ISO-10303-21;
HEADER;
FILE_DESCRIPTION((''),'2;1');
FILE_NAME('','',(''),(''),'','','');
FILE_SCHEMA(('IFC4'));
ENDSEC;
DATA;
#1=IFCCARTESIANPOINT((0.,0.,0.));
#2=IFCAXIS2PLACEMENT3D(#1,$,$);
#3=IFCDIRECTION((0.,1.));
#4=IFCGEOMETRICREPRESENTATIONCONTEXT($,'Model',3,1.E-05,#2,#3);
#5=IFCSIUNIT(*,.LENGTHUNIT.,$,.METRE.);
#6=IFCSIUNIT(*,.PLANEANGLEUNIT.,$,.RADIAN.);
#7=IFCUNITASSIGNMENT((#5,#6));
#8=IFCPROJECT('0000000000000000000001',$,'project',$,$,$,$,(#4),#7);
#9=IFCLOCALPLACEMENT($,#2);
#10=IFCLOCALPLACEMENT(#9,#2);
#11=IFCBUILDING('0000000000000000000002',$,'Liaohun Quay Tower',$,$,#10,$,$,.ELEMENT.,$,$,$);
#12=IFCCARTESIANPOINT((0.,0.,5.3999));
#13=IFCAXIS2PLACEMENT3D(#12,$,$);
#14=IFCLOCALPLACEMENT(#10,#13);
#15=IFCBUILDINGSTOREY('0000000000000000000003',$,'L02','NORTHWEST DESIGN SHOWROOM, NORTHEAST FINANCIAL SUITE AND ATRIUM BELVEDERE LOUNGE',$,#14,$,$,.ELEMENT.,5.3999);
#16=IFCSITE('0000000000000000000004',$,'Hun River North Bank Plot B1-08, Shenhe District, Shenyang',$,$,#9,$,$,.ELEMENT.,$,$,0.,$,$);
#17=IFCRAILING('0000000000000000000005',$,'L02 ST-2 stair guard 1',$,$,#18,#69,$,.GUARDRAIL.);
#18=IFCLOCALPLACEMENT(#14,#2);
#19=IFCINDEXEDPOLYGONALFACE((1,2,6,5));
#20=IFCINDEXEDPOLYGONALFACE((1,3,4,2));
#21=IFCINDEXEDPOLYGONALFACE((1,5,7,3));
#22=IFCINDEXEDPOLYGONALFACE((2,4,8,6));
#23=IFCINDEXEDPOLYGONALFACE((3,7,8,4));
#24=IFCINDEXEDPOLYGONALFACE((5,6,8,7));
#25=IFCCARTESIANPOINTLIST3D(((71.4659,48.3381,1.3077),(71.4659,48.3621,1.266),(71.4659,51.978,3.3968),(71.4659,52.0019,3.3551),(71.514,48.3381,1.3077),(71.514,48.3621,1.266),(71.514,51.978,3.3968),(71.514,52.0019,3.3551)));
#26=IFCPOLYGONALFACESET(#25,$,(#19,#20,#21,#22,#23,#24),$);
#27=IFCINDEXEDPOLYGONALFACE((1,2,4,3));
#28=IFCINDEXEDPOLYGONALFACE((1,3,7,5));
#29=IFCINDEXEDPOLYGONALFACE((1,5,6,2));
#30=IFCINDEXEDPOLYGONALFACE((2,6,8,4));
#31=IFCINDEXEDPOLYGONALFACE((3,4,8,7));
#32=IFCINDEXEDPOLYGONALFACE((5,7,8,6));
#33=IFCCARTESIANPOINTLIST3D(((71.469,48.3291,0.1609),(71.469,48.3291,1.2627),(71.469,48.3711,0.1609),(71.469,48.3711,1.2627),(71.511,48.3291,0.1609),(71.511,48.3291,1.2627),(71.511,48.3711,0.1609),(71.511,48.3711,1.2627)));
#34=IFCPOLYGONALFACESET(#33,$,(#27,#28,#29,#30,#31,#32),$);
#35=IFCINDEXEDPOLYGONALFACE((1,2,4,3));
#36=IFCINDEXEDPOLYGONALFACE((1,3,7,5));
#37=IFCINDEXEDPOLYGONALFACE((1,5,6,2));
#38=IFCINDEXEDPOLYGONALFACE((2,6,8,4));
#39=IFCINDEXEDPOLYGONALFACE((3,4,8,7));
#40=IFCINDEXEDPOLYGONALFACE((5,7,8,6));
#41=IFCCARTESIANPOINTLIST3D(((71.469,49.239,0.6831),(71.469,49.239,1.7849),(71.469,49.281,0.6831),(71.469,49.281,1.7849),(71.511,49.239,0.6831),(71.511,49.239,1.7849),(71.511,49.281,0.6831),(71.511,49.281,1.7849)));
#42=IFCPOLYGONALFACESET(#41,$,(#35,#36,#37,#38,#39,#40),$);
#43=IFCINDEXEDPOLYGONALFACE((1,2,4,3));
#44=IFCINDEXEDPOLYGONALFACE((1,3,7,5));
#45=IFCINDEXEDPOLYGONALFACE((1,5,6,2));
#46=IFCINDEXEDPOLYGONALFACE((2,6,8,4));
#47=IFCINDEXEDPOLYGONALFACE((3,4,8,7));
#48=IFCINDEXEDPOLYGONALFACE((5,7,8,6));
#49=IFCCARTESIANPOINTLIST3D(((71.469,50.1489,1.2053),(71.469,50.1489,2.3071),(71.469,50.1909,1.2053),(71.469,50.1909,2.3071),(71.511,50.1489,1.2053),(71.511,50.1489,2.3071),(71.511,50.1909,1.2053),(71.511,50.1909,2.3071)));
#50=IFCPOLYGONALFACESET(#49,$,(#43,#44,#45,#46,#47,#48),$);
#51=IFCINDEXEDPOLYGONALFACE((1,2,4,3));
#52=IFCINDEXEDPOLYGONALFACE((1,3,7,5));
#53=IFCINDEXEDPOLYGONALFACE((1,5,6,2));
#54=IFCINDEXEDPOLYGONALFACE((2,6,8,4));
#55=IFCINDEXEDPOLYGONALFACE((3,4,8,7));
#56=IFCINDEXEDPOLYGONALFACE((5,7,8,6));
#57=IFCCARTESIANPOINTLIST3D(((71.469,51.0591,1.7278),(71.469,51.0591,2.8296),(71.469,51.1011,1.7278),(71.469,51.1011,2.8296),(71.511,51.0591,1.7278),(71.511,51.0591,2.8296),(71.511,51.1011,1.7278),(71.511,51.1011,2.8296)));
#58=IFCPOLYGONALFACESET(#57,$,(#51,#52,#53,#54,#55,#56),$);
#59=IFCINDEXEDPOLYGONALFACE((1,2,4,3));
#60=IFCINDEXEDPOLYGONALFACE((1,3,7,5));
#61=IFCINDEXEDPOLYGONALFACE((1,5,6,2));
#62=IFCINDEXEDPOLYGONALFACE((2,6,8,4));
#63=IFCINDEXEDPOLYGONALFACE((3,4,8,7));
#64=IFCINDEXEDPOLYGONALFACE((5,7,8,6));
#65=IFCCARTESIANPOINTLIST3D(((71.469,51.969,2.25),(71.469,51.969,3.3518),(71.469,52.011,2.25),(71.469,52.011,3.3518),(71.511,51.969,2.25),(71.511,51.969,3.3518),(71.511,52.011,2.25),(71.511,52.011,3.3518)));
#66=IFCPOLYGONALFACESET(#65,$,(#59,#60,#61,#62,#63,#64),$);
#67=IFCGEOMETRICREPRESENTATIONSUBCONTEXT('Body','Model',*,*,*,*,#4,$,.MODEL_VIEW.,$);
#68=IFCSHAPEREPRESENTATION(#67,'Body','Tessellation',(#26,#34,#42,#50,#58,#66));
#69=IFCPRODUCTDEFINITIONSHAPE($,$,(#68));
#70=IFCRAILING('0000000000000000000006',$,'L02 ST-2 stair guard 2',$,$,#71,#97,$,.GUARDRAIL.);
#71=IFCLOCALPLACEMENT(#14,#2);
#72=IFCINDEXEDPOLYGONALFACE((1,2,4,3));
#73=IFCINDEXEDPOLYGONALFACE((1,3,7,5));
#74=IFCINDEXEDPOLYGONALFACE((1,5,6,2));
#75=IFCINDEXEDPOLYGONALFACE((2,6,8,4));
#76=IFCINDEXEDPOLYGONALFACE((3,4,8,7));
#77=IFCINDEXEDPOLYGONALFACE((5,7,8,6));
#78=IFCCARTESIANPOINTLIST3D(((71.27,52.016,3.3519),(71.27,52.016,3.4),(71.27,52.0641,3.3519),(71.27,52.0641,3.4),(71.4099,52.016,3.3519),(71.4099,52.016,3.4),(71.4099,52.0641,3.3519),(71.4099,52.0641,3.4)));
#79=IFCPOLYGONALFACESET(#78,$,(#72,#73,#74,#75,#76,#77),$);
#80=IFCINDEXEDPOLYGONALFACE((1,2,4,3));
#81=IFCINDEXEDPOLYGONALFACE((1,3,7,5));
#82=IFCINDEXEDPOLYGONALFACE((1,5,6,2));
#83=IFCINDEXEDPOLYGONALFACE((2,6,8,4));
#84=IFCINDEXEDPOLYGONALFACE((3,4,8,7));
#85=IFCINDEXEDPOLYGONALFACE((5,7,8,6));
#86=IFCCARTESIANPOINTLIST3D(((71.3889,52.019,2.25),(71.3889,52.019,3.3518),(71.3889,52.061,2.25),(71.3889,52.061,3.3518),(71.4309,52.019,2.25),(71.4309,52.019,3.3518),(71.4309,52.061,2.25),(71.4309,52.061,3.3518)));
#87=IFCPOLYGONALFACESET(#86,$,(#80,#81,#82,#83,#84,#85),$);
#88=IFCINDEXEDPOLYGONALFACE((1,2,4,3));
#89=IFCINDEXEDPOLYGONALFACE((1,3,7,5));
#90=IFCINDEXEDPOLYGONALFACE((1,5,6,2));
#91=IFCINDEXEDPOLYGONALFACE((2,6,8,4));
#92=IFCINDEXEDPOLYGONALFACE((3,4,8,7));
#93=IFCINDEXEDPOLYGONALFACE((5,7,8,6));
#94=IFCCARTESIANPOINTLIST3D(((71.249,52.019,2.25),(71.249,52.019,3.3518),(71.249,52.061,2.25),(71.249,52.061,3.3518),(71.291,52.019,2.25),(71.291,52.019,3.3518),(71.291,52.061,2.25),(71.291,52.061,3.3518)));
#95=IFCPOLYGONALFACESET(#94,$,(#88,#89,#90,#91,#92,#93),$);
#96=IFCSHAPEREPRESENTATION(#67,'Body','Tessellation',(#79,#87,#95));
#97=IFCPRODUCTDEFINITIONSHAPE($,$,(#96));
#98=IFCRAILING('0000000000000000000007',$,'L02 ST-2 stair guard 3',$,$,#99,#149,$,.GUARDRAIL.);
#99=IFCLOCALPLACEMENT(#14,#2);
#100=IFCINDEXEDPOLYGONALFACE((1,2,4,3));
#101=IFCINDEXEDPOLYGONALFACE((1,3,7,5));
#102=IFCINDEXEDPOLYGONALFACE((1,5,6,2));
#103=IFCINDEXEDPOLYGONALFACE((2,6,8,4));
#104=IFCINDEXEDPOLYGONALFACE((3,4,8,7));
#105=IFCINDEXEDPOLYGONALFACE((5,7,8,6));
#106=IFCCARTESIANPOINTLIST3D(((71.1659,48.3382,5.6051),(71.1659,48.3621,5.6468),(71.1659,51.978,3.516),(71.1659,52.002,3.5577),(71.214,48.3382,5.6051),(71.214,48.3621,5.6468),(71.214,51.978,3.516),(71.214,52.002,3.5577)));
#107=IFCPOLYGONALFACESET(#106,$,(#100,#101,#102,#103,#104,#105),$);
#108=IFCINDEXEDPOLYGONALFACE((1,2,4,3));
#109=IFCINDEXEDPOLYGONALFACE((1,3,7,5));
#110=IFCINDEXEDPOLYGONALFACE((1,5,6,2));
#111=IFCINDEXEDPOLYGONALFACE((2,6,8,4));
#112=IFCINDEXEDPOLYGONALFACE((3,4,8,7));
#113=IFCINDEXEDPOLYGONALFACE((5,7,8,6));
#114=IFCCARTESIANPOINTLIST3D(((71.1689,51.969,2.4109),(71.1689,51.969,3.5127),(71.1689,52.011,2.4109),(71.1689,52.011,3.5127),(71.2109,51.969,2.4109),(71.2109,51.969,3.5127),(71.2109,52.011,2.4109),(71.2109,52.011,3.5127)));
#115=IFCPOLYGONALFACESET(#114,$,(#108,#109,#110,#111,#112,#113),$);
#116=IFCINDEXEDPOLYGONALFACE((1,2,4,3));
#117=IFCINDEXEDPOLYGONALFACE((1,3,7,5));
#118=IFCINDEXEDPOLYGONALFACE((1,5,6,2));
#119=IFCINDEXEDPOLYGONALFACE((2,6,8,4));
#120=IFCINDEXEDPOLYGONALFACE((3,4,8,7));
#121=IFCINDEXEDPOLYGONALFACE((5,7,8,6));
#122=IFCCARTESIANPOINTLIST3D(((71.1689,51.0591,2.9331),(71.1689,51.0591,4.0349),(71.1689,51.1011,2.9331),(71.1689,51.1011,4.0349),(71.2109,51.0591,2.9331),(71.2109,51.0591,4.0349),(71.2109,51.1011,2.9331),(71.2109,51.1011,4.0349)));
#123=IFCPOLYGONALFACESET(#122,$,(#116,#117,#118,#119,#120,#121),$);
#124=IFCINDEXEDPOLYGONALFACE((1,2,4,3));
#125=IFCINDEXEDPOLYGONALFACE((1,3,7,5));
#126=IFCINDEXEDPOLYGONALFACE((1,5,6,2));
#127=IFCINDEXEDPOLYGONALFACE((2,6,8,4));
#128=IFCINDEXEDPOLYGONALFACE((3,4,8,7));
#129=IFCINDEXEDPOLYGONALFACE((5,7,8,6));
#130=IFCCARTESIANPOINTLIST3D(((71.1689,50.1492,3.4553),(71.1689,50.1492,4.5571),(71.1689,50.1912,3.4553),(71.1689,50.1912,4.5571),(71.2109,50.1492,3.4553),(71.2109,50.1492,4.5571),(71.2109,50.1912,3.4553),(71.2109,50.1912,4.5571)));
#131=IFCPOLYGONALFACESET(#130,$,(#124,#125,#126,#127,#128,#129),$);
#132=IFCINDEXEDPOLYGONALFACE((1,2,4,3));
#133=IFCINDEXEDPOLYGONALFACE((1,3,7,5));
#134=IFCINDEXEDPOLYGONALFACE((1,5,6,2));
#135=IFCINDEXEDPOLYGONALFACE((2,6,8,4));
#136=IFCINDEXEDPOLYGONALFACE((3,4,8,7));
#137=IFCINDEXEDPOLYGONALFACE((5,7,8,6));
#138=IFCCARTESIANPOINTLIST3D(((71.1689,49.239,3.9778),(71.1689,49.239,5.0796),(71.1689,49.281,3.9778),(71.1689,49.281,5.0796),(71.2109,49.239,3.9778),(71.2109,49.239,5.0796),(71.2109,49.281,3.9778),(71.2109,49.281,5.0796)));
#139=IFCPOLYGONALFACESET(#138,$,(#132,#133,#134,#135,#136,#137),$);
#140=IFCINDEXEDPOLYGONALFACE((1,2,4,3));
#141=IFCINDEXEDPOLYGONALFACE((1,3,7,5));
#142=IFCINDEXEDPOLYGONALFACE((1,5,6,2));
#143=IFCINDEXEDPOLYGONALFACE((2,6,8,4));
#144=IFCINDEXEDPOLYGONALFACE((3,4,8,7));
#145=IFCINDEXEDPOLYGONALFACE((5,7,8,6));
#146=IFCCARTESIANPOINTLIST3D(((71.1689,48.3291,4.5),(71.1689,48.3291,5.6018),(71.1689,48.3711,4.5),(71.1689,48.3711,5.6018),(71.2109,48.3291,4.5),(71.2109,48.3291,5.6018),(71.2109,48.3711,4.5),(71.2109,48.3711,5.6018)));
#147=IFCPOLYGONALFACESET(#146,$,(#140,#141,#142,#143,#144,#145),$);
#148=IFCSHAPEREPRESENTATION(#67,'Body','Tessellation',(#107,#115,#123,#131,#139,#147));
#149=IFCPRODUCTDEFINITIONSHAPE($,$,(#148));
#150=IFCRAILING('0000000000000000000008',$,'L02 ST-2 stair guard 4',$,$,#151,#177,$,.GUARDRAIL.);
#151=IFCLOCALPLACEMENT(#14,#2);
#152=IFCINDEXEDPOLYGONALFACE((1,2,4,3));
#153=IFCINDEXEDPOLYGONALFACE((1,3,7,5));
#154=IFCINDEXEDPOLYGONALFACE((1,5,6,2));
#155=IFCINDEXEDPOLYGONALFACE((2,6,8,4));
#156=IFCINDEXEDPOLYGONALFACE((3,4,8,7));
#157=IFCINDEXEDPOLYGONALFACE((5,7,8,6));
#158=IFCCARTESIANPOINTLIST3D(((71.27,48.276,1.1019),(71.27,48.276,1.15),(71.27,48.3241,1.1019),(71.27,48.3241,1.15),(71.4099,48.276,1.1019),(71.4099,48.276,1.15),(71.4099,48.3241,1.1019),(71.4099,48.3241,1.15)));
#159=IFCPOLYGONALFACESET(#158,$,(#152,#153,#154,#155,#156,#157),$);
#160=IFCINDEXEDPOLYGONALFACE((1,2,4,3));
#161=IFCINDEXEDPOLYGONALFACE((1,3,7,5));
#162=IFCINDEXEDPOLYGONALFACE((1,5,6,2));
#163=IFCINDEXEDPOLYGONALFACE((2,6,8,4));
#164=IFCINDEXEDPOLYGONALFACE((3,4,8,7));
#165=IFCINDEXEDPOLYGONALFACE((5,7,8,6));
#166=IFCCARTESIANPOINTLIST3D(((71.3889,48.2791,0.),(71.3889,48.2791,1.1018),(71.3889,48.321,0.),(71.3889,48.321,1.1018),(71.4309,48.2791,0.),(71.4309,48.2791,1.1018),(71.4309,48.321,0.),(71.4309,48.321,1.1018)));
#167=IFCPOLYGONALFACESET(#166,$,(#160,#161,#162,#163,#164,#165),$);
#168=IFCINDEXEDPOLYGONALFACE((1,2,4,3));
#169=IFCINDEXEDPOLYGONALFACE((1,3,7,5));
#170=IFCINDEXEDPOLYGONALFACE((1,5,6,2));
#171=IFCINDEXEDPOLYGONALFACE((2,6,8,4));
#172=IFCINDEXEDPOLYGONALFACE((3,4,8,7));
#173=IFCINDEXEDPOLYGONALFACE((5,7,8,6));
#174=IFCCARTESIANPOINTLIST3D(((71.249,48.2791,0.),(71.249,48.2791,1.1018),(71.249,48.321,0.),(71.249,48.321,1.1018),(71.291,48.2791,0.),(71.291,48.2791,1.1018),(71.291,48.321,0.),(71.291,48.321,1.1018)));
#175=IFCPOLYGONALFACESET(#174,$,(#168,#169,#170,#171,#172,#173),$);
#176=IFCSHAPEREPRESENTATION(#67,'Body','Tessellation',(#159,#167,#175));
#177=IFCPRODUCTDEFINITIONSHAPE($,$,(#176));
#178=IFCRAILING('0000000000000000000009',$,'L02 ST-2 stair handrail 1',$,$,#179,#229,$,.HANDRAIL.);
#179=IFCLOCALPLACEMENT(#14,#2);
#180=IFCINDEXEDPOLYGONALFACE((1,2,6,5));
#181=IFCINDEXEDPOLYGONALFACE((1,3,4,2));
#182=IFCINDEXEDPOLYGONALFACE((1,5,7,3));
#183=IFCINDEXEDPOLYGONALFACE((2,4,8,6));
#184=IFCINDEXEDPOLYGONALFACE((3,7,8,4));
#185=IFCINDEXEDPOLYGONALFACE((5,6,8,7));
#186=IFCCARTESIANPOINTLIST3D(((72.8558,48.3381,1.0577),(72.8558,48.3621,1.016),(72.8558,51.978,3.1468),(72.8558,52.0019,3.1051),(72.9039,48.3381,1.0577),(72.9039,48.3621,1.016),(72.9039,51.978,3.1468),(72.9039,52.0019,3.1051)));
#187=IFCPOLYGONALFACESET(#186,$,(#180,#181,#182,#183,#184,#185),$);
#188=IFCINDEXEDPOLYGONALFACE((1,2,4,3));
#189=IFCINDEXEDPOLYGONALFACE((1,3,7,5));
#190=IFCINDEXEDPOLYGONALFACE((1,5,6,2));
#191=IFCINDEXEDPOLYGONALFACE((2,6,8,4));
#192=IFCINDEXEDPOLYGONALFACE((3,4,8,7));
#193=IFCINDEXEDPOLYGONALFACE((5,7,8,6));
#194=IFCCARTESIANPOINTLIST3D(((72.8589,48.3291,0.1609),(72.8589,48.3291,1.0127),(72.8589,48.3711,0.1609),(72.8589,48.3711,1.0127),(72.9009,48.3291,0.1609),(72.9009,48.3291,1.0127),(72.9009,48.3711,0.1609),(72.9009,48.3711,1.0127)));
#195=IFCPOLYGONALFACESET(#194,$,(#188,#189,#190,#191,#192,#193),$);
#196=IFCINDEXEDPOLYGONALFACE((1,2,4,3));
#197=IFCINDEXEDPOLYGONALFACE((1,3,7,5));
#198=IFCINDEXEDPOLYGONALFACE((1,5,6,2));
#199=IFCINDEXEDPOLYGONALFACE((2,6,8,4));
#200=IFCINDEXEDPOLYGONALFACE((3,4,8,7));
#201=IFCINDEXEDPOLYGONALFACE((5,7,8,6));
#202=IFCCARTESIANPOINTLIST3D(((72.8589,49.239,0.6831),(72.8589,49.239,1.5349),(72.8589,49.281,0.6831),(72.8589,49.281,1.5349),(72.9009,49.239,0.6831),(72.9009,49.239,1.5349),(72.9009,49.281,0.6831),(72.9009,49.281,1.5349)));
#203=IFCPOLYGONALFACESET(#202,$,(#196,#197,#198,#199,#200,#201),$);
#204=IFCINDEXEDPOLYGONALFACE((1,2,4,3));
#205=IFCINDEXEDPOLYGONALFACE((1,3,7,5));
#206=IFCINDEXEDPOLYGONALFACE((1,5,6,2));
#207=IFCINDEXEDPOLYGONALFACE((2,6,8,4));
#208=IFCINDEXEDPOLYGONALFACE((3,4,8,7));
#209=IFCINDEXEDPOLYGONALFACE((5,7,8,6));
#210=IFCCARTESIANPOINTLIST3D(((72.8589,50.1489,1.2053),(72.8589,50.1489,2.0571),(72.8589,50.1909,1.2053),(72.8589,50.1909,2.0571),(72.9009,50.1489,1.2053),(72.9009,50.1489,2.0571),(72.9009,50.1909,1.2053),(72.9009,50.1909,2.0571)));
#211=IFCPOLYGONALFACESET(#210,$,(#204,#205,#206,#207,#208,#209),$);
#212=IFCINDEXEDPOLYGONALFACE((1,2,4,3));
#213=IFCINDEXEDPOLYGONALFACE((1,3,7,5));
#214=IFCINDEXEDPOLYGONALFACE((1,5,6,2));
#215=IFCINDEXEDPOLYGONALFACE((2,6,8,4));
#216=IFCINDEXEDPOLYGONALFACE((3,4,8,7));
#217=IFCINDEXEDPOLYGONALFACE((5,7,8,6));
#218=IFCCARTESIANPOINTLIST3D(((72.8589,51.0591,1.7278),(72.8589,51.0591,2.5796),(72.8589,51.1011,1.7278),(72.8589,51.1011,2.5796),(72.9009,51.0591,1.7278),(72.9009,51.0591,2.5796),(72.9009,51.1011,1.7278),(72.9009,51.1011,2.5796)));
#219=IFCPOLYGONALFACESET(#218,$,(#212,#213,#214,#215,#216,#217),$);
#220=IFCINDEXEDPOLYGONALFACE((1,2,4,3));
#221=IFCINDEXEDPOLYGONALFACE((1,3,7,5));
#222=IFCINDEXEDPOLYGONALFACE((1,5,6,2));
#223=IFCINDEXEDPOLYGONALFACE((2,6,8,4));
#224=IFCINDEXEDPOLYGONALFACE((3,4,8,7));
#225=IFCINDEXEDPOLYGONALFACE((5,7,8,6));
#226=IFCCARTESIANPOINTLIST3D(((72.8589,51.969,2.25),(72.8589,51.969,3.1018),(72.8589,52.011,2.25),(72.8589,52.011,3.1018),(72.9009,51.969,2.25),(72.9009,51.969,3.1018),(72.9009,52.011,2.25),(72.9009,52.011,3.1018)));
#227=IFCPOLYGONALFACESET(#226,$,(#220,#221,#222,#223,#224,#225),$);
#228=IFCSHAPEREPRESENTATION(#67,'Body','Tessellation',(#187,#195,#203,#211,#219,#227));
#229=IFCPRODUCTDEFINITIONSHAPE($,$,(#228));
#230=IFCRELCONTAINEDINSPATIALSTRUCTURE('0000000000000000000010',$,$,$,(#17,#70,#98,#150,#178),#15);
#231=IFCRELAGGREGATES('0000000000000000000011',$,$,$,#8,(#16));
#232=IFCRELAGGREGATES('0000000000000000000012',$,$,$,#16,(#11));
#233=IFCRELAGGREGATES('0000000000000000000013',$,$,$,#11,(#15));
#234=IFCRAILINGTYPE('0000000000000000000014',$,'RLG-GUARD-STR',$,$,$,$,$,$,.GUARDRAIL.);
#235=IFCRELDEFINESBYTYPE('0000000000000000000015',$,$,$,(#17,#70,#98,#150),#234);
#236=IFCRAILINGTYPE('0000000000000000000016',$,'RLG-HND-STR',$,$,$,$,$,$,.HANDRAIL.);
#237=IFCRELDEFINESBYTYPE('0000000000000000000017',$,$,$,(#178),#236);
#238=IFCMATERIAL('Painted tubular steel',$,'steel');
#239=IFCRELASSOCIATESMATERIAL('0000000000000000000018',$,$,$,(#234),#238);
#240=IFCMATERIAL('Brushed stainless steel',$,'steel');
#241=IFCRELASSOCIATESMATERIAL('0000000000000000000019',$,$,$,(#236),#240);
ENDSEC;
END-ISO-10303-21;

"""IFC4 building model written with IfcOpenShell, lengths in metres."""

from ifc_helpers import new_model, si_unit, direction, frame, origin, origin_2d, place, context, subcontext, project, spatial, rectangle, extrude, material, type_object, element, save


model = new_model("IFC4")

# Units and contexts
model_context = context("Model", 3, precision=1e-05, world=origin(), true_north=direction((0.0, 1.0)))
body_context = subcontext(model_context, "Body", "Model", "MODEL_VIEW")
ifc_project = project(units=[si_unit("LENGTHUNIT", "METRE"), si_unit("PLANEANGLEUNIT", "RADIAN")], contexts=[model_context])

# Site, building, storey
site_placement = place(None, origin())
site = spatial("IfcSite", under=ifc_project, at=site_placement, Name="Hun River North Bank Plot B1-08, Shenhe District, Shenyang", CompositionType="ELEMENT", RefElevation=0.0)
building_placement = place(site_placement, origin())
building = spatial("IfcBuilding", under=site, at=building_placement, Name="Liaohun Quay Tower", CompositionType="ELEMENT")
storey_placement = place(building_placement, frame((0.0, 0.0, 5.3999)))
storey = spatial("IfcBuildingStorey", under=building, at=storey_placement, Name="L02", Description="NORTHWEST DESIGN SHOWROOM, NORTHEAST FINANCIAL SUITE AND ATRIUM BELVEDERE LOUNGE", CompositionType="ELEMENT", Elevation=5.3999)

# Railings
ifc_material_1 = material(Name="Painted tubular steel", Category="steel")
railing_type_1 = type_object("IfcRailingType", Name="RLG-GUARD-STR", PredefinedType="GUARDRAIL", material=ifc_material_1)
railing_1_placement = place(storey_placement, frame((71.49, 48.3501, 0.1609)))
element("IfcRailing", 1, at=railing_1_placement, inside=storey, type_object=railing_type_1, Name="L02 ST-2 stair guard 1", PredefinedType="GUARDRAIL", context=body_context, shape_type="SweptSolid", body=[
    extrude(rectangle(XDim=0.0481, YDim=0.0481, at=origin_2d()), frame((0.0, 0.0, 1.126), z_axis=(0.0, 0.8673, 0.497786), x_axis=(-1.0, 0.0, 0.0)), (0.0, 0.0, 1.0), 4.1968),
    extrude(rectangle(XDim=0.042, YDim=0.042, at=origin_2d()), origin(), (0.0, 0.0, 1.0), 1.1018),
    extrude(rectangle(XDim=0.042, YDim=0.042, at=origin_2d()), frame((0.0, 0.9099, 0.5222)), (0.0, 0.0, 1.0), 1.1018),
    extrude(rectangle(XDim=0.042, YDim=0.042, at=origin_2d()), frame((0.0, 1.8198, 1.0444)), (0.0, 0.0, 1.0), 1.1018),
    extrude(rectangle(XDim=0.042, YDim=0.042, at=origin_2d()), frame((0.0, 2.73, 1.5669)), (0.0, 0.0, 1.0), 1.1018),
    extrude(rectangle(XDim=0.042, YDim=0.042, at=origin_2d()), frame((0.0, 3.6399, 2.0891)), (0.0, 0.0, 1.0), 1.1018),
])
railing_2_placement = place(storey_placement, frame((71.4099, 52.04, 2.25)))
element("IfcRailing", 2, at=railing_2_placement, inside=storey, type_object=railing_type_1, Name="L02 ST-2 stair guard 2", PredefinedType="GUARDRAIL", context=body_context, shape_type="SweptSolid", body=[
    extrude(rectangle(XDim=0.0481, YDim=0.0481, at=origin_2d()), frame((0.0, 0.0, 1.126), z_axis=(-1.0, 0.0, 0.0), x_axis=(0.0, -1.0, 0.0)), (0.0, 0.0, 1.0), 0.1399),
    extrude(rectangle(XDim=0.042, YDim=0.042, at=origin_2d()), origin(), (0.0, 0.0, 1.0), 1.1018),
    extrude(rectangle(XDim=0.042, YDim=0.042, at=origin_2d()), frame((-0.1399, 0.0, 0.0)), (0.0, 0.0, 1.0), 1.1018),
])
railing_3_placement = place(storey_placement, frame((71.1899, 51.99, 2.4109)))
element("IfcRailing", 3, at=railing_3_placement, inside=storey, type_object=railing_type_1, Name="L02 ST-2 stair guard 3", PredefinedType="GUARDRAIL", context=body_context, shape_type="SweptSolid", body=[
    extrude(rectangle(XDim=0.0481, YDim=0.0481, at=origin_2d()), frame((0.0, 0.0, 1.126), z_axis=(0.0, -0.8673, 0.497786), x_axis=(1.0, 0.0, 0.0)), (0.0, 0.0, 1.0), 4.1968),
    extrude(rectangle(XDim=0.042, YDim=0.042, at=origin_2d()), origin(), (0.0, 0.0, 1.0), 1.1018),
    extrude(rectangle(XDim=0.042, YDim=0.042, at=origin_2d()), frame((0.0, -0.9099, 0.5222)), (0.0, 0.0, 1.0), 1.1018),
    extrude(rectangle(XDim=0.042, YDim=0.042, at=origin_2d()), frame((0.0, -1.8198, 1.0444)), (0.0, 0.0, 1.0), 1.1018),
    extrude(rectangle(XDim=0.042, YDim=0.042, at=origin_2d()), frame((0.0, -2.73, 1.5669)), (0.0, 0.0, 1.0), 1.1018),
    extrude(rectangle(XDim=0.042, YDim=0.042, at=origin_2d()), frame((0.0, -3.6399, 2.0891)), (0.0, 0.0, 1.0), 1.1018),
])
railing_4_placement = place(storey_placement, frame((71.4099, 48.3, 0.0)))
element("IfcRailing", 4, at=railing_4_placement, inside=storey, type_object=railing_type_1, Name="L02 ST-2 stair guard 4", PredefinedType="GUARDRAIL", context=body_context, shape_type="SweptSolid", body=[
    extrude(rectangle(XDim=0.0481, YDim=0.0481, at=origin_2d()), frame((0.0, 0.0, 1.126), z_axis=(-1.0, 0.0, 0.0), x_axis=(0.0, -1.0, 0.0)), (0.0, 0.0, 1.0), 0.1399),
    extrude(rectangle(XDim=0.042, YDim=0.042, at=origin_2d()), origin(), (0.0, 0.0, 1.0), 1.1018),
    extrude(rectangle(XDim=0.042, YDim=0.042, at=origin_2d()), frame((-0.1399, 0.0, 0.0)), (0.0, 0.0, 1.0), 1.1018),
])
ifc_material_2 = material(Name="Brushed stainless steel", Category="steel")
railing_type_2 = type_object("IfcRailingType", Name="RLG-HND-STR", PredefinedType="HANDRAIL", material=ifc_material_2)
railing_5_placement = place(storey_placement, frame((72.8799, 48.3501, 0.1609)))
element("IfcRailing", 5, at=railing_5_placement, inside=storey, type_object=railing_type_2, Name="L02 ST-2 stair handrail 1", PredefinedType="HANDRAIL", context=body_context, shape_type="SweptSolid", body=[
    extrude(rectangle(XDim=0.0481, YDim=0.0481, at=origin_2d()), frame((0.0, 0.0, 0.876), z_axis=(0.0, 0.8673, 0.497786), x_axis=(-1.0, 0.0, 0.0)), (0.0, 0.0, 1.0), 4.1968),
    extrude(rectangle(XDim=0.042, YDim=0.042, at=origin_2d()), origin(), (0.0, 0.0, 1.0), 0.8518),
    extrude(rectangle(XDim=0.042, YDim=0.042, at=origin_2d()), frame((0.0, 0.9099, 0.5222)), (0.0, 0.0, 1.0), 0.8518),
    extrude(rectangle(XDim=0.042, YDim=0.042, at=origin_2d()), frame((0.0, 1.8198, 1.0444)), (0.0, 0.0, 1.0), 0.8518),
    extrude(rectangle(XDim=0.042, YDim=0.042, at=origin_2d()), frame((0.0, 2.73, 1.5669)), (0.0, 0.0, 1.0), 0.8518),
    extrude(rectangle(XDim=0.042, YDim=0.042, at=origin_2d()), frame((0.0, 3.6399, 2.0891)), (0.0, 0.0, 1.0), 0.8518),
])

save(model, "model.ifc")
